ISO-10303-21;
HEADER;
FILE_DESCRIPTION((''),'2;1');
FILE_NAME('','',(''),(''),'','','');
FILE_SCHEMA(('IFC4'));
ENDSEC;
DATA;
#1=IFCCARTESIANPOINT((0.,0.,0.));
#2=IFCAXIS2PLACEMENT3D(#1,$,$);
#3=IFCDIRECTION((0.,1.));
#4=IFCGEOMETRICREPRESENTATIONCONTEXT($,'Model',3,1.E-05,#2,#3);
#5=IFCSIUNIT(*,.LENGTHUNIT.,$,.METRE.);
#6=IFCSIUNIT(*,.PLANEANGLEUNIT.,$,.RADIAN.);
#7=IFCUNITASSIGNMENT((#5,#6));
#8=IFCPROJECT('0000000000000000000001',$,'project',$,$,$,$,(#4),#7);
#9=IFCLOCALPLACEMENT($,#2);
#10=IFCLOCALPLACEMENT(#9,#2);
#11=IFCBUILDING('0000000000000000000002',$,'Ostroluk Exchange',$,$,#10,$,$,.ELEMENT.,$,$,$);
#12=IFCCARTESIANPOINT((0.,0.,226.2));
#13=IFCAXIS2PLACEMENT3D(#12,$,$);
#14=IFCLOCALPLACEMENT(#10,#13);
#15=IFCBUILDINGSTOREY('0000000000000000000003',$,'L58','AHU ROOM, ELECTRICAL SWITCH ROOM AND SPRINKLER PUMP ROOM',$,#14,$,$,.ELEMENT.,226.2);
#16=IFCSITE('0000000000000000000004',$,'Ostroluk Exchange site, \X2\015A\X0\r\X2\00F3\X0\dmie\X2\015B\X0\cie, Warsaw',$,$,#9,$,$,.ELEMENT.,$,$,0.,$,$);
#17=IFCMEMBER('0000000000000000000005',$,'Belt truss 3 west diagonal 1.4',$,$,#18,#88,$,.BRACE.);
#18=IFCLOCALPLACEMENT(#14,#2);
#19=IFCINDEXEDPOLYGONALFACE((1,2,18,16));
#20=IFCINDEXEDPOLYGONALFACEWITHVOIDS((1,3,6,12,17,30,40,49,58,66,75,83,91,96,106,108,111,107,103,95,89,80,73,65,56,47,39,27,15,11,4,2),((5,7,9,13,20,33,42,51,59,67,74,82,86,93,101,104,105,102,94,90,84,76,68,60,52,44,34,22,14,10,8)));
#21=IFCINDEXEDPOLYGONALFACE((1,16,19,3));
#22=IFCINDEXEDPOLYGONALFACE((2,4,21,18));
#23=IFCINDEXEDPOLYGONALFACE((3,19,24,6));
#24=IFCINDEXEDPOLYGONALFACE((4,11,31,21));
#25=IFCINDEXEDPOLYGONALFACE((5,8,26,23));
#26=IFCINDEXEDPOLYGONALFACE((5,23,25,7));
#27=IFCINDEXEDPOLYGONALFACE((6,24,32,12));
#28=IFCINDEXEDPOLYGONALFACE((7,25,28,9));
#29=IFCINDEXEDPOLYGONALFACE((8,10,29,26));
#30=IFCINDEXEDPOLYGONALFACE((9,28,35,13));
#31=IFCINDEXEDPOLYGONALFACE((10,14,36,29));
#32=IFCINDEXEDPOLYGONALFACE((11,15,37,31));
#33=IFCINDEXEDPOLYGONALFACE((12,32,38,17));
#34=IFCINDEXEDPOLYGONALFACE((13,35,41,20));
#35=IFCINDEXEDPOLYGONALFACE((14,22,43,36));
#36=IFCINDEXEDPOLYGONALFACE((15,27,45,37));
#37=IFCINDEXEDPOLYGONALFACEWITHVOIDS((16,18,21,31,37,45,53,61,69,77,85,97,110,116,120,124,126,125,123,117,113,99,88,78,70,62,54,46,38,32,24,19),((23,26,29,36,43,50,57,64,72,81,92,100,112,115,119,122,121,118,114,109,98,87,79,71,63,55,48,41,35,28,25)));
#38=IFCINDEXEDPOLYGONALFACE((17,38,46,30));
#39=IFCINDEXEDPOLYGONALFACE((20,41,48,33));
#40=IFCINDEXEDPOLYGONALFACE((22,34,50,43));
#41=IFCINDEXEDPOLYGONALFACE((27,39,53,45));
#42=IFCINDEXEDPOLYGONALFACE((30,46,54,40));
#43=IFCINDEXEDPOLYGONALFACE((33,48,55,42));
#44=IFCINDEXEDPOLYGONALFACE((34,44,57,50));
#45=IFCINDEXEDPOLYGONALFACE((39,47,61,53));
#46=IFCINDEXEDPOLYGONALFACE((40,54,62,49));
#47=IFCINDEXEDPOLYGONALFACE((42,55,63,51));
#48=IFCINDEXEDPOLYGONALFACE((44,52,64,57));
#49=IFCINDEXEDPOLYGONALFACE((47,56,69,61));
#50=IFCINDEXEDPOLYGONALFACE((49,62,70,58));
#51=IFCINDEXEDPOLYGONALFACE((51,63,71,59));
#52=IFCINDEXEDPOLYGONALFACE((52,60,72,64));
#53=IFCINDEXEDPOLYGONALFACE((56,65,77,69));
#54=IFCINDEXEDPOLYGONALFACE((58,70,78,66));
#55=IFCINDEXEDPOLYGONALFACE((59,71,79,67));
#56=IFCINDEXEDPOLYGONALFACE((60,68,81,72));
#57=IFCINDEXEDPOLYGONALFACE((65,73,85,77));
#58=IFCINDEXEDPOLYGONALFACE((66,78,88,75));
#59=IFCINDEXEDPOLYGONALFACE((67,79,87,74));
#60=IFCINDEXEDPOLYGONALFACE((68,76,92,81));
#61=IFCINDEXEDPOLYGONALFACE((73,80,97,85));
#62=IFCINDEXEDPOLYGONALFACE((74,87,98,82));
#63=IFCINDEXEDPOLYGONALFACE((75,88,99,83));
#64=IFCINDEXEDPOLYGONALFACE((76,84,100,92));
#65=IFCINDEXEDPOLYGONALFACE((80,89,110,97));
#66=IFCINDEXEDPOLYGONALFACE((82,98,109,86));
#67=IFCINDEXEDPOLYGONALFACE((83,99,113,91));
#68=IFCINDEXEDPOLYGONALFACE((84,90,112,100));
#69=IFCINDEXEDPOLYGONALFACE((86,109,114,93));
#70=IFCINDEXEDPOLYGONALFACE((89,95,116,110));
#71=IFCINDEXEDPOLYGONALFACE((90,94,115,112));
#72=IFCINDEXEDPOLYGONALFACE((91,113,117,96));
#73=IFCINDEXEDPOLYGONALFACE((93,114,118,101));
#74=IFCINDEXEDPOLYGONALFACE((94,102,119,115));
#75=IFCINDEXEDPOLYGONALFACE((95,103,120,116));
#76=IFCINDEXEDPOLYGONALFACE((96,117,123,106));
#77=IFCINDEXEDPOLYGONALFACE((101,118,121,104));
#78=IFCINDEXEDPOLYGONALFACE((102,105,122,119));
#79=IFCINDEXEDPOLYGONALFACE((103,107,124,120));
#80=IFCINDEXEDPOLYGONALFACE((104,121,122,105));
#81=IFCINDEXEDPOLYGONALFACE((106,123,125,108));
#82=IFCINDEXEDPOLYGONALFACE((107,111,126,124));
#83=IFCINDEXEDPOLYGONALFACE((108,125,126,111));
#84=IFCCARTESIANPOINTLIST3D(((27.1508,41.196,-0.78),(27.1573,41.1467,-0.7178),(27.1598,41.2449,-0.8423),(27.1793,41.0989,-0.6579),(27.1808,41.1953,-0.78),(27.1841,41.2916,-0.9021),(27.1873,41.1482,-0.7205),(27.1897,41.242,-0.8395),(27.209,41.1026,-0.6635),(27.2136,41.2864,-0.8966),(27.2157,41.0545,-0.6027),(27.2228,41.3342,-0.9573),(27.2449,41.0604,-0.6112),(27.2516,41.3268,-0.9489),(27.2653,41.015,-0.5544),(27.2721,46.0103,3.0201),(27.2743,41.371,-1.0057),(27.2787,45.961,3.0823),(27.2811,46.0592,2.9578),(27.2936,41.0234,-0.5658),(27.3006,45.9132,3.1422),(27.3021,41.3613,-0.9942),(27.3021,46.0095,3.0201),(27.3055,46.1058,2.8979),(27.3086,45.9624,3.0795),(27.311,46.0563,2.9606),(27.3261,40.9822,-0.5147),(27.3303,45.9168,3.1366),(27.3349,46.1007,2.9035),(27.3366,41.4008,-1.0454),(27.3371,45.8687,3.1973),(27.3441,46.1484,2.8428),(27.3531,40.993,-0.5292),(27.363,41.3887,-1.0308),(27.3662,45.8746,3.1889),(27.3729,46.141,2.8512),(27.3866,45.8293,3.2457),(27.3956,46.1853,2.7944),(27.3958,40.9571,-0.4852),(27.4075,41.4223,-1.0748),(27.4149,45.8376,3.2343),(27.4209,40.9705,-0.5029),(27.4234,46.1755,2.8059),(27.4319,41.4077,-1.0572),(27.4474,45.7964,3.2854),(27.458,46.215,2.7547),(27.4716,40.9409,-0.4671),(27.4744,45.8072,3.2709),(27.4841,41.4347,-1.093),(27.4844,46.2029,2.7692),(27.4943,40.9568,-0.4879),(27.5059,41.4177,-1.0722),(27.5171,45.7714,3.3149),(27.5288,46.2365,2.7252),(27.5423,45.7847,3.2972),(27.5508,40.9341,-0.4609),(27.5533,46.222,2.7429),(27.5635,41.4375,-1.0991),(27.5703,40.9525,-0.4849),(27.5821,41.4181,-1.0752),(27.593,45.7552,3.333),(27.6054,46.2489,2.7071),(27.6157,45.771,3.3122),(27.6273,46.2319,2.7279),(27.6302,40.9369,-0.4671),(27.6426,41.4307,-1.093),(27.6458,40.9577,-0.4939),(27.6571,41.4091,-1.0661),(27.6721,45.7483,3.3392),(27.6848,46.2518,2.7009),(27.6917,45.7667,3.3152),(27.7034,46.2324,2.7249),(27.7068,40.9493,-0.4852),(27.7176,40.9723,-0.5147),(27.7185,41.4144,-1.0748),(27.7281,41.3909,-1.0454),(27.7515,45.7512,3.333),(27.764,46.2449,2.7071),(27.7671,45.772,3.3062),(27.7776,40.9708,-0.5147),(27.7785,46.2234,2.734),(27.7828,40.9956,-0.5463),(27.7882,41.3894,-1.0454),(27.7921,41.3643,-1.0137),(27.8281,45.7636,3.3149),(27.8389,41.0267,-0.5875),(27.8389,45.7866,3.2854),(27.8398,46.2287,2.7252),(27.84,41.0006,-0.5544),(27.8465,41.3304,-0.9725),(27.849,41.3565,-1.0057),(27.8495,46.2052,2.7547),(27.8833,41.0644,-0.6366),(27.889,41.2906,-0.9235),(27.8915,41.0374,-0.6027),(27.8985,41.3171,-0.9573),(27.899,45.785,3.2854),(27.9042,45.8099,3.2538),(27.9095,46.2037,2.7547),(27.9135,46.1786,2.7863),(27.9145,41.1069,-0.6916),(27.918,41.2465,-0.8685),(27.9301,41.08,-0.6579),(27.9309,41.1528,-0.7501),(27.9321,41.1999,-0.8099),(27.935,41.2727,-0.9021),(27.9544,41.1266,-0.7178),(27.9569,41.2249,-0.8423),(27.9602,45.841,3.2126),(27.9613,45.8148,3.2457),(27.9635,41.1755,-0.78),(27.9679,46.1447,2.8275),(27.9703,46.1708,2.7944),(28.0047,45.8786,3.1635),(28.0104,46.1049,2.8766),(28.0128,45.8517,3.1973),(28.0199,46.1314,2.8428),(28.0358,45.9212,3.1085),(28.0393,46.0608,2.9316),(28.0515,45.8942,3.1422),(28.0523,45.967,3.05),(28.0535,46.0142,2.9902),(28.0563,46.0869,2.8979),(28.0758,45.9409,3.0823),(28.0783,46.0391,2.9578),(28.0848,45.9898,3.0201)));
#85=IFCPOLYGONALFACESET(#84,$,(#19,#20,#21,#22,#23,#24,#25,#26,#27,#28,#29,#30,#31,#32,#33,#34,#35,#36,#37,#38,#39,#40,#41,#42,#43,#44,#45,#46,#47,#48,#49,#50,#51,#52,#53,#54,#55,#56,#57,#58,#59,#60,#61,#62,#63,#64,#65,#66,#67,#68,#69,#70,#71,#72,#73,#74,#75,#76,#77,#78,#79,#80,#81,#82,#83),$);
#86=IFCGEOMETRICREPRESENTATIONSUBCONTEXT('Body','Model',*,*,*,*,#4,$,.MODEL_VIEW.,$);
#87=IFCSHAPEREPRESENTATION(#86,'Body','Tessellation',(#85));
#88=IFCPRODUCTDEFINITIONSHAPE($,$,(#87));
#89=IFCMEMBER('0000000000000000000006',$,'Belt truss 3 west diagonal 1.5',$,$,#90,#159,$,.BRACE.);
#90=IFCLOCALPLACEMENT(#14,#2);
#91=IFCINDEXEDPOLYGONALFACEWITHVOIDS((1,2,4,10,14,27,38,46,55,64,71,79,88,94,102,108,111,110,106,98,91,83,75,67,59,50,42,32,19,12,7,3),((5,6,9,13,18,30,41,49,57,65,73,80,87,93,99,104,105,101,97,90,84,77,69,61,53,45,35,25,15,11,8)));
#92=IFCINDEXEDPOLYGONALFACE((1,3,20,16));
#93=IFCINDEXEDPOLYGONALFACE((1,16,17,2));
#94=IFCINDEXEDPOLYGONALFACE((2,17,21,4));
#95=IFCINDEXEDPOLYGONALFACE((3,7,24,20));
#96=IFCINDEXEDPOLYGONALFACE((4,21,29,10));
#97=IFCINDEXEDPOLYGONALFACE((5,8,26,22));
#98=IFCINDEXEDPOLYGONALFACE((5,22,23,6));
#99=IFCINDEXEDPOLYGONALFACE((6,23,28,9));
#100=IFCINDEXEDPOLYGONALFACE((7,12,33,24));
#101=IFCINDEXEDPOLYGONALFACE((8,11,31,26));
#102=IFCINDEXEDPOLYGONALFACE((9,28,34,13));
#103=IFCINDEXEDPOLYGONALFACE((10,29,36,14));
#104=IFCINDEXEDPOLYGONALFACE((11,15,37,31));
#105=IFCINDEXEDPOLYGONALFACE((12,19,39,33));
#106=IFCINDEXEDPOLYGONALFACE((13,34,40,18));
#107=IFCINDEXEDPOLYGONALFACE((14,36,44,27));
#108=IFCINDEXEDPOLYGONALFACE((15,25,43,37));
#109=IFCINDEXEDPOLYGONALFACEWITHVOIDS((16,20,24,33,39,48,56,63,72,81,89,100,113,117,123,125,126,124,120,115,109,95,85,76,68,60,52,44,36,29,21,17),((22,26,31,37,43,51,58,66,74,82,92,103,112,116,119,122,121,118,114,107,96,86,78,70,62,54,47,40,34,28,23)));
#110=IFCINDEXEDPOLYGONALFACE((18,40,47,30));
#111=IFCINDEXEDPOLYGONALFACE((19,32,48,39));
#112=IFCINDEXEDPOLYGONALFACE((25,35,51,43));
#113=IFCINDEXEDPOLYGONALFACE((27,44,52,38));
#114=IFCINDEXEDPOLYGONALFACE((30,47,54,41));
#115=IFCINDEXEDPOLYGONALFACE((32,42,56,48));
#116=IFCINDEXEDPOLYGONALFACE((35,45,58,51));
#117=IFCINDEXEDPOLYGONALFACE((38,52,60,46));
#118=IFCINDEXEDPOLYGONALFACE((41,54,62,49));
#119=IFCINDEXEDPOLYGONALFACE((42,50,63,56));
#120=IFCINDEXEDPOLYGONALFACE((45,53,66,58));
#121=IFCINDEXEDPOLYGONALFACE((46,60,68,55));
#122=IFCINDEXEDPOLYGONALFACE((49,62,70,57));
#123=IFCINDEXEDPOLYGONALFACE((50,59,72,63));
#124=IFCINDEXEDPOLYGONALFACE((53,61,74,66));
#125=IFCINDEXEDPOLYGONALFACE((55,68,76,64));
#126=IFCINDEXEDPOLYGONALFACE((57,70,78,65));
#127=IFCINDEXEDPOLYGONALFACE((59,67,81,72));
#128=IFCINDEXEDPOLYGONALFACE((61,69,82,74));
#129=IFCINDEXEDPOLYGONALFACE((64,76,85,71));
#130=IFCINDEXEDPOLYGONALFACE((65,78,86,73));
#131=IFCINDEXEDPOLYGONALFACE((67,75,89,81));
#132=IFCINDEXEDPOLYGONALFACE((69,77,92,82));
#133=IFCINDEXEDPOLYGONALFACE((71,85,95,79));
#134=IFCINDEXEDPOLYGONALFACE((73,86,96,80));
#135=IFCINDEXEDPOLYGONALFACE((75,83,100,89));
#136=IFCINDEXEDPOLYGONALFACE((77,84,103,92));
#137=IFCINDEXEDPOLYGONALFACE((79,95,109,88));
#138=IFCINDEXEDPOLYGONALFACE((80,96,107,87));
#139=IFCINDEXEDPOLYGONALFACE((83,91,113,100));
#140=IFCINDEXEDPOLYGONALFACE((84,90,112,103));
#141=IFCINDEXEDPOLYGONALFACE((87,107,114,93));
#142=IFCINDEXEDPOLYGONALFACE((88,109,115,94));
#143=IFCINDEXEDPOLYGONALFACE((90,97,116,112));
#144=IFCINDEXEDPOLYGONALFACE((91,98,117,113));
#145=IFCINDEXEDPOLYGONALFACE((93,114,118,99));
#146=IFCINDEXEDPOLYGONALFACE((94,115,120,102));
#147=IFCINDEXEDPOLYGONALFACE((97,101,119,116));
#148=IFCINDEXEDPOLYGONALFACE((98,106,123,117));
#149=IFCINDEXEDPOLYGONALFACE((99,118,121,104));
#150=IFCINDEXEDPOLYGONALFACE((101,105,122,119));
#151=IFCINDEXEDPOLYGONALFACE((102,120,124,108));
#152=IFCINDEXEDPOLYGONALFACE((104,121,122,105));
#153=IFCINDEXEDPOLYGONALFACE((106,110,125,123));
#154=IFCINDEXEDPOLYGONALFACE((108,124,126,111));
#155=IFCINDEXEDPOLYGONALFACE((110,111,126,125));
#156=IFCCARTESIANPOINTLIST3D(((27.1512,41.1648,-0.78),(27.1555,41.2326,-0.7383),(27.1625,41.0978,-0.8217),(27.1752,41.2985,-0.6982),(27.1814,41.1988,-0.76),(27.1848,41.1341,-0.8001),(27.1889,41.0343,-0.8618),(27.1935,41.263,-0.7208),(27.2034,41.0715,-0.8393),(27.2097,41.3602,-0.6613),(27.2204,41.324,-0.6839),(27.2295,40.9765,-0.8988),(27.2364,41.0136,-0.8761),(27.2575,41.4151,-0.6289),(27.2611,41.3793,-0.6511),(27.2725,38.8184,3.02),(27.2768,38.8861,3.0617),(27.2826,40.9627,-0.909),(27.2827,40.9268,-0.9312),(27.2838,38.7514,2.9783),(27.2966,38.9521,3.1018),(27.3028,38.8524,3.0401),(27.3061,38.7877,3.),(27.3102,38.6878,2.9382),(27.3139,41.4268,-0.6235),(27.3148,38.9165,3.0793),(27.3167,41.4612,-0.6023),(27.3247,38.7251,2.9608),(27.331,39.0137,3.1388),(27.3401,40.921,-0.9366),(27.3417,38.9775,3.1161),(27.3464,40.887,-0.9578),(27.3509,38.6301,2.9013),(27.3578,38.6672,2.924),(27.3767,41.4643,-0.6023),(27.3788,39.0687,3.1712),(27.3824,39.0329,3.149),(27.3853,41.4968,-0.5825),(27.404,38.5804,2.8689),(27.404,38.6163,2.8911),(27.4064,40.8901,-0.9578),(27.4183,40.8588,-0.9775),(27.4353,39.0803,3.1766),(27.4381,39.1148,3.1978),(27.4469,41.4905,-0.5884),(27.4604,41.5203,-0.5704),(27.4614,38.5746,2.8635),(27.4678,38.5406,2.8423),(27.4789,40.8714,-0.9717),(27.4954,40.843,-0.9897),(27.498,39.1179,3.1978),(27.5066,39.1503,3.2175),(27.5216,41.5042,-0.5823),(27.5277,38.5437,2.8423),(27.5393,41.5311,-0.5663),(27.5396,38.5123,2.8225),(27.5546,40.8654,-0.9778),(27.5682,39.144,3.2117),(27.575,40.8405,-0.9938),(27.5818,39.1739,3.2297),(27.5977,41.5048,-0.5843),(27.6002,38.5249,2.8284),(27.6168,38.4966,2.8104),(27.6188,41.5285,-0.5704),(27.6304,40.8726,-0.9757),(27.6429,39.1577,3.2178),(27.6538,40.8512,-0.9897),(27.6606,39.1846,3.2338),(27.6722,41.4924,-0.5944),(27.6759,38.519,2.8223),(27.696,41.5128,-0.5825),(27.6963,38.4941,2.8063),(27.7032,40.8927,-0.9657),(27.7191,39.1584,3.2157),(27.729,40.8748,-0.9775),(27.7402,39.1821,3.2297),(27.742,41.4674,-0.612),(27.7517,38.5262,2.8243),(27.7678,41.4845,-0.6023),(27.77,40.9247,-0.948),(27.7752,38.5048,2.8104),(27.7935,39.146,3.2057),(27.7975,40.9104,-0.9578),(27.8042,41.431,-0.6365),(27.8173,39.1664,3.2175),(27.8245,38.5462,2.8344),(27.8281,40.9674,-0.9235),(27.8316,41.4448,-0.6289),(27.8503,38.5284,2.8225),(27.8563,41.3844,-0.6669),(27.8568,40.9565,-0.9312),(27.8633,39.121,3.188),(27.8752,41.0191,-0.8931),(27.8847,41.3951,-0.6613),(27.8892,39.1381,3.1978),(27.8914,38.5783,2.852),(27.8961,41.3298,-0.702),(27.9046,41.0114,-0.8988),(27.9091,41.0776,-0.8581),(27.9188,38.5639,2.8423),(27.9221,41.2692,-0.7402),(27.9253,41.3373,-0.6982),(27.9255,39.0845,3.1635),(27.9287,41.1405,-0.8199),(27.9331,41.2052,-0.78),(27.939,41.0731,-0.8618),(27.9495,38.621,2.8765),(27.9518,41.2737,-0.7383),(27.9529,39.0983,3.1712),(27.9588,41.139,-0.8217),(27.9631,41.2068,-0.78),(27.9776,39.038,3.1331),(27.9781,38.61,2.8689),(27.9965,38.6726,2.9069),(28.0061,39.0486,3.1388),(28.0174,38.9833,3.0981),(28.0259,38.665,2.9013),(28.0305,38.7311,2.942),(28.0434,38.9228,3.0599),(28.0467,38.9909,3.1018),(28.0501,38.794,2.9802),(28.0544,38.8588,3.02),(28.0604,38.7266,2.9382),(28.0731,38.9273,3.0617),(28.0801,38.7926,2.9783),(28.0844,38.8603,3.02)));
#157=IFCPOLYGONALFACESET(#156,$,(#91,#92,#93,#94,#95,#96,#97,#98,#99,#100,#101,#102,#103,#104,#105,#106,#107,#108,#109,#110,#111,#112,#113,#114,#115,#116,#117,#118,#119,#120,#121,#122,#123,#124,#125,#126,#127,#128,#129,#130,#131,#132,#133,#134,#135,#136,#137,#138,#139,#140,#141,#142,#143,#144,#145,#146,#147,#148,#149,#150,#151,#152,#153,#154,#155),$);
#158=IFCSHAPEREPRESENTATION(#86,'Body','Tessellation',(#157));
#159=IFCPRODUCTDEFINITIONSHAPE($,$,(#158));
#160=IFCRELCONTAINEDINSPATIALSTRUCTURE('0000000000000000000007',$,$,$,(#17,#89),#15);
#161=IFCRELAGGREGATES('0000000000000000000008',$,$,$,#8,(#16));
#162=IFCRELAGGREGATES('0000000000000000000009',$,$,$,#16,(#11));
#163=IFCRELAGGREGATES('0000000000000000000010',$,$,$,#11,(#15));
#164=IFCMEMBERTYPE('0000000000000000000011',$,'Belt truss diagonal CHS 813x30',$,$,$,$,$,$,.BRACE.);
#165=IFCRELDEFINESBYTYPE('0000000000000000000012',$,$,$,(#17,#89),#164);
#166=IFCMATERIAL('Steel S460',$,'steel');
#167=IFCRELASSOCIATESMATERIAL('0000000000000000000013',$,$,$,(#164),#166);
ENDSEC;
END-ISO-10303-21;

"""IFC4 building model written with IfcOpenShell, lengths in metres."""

from ifc_helpers import new_model, si_unit, direction, frame, origin, origin_2d, place, context, subcontext, project, spatial, hollow_circle, extrude, material, material_profile, profile_set, type_object, element, save


model = new_model("IFC4")

# Units and contexts
model_context = context("Model", 3, precision=1e-05, world=origin(), true_north=direction((0.0, 1.0)))
body_context = subcontext(model_context, "Body", "Model", "MODEL_VIEW")
ifc_project = project(units=[si_unit("LENGTHUNIT", "METRE"), si_unit("PLANEANGLEUNIT", "RADIAN")], contexts=[model_context])

# Site, building, storey
site_placement = place(None, origin())
site = spatial("IfcSite", under=ifc_project, at=site_placement, Name="Ostroluk Exchange site, Śródmieście, Warsaw", CompositionType="ELEMENT", RefElevation=0.0)
building_placement = place(site_placement, origin())
building = spatial("IfcBuilding", under=site, at=building_placement, Name="Ostroluk Exchange", CompositionType="ELEMENT")
storey_placement = place(building_placement, frame((0.0, 0.0, 226.2)))
storey = spatial("IfcBuildingStorey", under=building, at=storey_placement, Name="L58", Description="AHU ROOM, ELECTRICAL SWITCH ROOM AND SPRINKLER PUMP ROOM", CompositionType="ELEMENT", Elevation=226.2)

# Members
ifc_material_1 = material(Name="Steel S460", Category="steel")
ifc_material_profile_1 = material_profile(ifc_material_1, hollow_circle(Radius=0.4065, WallThickness=0.03, at=origin_2d()), Name="CHS 813x30")
ifc_profile_set_1 = profile_set([ifc_material_profile_1], Name="Steel S460")
member_type_1 = type_object("IfcMemberType", Name="Belt truss diagonal CHS 813x30", PredefinedType="BRACE", material=ifc_profile_set_1)
member_1_placement = place(storey_placement, frame((27.5571, 41.1858, -0.78), z_axis=(0.01978, 0.78478, 0.619459), x_axis=(-0.999683, 0.025196, 0.0)))
element("IfcMember", 1, at=member_1_placement, inside=storey, type_object=member_type_1, Name="Belt truss 3 west diagonal 1.4", PredefinedType="BRACE", context=body_context, shape_type="SweptSolid", body=[
    extrude(hollow_circle(Radius=0.4065, WallThickness=0.03, at=origin_2d()), origin(), (0.0, 0.0, 1.0), 6.1345),
])
member_2_placement = place(storey_placement, frame((27.5571, 41.1858, -0.78), z_axis=(0.027159, -0.525193, 0.85055), x_axis=(0.998666, 0.051643, 0.0)))
element("IfcMember", 2, at=member_2_placement, inside=storey, type_object=member_type_1, Name="Belt truss 3 west diagonal 1.5", PredefinedType="BRACE", context=body_context, shape_type="SweptSolid", body=[
    extrude(hollow_circle(Radius=0.4065, WallThickness=0.03, at=origin_2d()), origin(), (0.0, 0.0, 1.0), 4.4678),
])

save(model, "model.ifc")
